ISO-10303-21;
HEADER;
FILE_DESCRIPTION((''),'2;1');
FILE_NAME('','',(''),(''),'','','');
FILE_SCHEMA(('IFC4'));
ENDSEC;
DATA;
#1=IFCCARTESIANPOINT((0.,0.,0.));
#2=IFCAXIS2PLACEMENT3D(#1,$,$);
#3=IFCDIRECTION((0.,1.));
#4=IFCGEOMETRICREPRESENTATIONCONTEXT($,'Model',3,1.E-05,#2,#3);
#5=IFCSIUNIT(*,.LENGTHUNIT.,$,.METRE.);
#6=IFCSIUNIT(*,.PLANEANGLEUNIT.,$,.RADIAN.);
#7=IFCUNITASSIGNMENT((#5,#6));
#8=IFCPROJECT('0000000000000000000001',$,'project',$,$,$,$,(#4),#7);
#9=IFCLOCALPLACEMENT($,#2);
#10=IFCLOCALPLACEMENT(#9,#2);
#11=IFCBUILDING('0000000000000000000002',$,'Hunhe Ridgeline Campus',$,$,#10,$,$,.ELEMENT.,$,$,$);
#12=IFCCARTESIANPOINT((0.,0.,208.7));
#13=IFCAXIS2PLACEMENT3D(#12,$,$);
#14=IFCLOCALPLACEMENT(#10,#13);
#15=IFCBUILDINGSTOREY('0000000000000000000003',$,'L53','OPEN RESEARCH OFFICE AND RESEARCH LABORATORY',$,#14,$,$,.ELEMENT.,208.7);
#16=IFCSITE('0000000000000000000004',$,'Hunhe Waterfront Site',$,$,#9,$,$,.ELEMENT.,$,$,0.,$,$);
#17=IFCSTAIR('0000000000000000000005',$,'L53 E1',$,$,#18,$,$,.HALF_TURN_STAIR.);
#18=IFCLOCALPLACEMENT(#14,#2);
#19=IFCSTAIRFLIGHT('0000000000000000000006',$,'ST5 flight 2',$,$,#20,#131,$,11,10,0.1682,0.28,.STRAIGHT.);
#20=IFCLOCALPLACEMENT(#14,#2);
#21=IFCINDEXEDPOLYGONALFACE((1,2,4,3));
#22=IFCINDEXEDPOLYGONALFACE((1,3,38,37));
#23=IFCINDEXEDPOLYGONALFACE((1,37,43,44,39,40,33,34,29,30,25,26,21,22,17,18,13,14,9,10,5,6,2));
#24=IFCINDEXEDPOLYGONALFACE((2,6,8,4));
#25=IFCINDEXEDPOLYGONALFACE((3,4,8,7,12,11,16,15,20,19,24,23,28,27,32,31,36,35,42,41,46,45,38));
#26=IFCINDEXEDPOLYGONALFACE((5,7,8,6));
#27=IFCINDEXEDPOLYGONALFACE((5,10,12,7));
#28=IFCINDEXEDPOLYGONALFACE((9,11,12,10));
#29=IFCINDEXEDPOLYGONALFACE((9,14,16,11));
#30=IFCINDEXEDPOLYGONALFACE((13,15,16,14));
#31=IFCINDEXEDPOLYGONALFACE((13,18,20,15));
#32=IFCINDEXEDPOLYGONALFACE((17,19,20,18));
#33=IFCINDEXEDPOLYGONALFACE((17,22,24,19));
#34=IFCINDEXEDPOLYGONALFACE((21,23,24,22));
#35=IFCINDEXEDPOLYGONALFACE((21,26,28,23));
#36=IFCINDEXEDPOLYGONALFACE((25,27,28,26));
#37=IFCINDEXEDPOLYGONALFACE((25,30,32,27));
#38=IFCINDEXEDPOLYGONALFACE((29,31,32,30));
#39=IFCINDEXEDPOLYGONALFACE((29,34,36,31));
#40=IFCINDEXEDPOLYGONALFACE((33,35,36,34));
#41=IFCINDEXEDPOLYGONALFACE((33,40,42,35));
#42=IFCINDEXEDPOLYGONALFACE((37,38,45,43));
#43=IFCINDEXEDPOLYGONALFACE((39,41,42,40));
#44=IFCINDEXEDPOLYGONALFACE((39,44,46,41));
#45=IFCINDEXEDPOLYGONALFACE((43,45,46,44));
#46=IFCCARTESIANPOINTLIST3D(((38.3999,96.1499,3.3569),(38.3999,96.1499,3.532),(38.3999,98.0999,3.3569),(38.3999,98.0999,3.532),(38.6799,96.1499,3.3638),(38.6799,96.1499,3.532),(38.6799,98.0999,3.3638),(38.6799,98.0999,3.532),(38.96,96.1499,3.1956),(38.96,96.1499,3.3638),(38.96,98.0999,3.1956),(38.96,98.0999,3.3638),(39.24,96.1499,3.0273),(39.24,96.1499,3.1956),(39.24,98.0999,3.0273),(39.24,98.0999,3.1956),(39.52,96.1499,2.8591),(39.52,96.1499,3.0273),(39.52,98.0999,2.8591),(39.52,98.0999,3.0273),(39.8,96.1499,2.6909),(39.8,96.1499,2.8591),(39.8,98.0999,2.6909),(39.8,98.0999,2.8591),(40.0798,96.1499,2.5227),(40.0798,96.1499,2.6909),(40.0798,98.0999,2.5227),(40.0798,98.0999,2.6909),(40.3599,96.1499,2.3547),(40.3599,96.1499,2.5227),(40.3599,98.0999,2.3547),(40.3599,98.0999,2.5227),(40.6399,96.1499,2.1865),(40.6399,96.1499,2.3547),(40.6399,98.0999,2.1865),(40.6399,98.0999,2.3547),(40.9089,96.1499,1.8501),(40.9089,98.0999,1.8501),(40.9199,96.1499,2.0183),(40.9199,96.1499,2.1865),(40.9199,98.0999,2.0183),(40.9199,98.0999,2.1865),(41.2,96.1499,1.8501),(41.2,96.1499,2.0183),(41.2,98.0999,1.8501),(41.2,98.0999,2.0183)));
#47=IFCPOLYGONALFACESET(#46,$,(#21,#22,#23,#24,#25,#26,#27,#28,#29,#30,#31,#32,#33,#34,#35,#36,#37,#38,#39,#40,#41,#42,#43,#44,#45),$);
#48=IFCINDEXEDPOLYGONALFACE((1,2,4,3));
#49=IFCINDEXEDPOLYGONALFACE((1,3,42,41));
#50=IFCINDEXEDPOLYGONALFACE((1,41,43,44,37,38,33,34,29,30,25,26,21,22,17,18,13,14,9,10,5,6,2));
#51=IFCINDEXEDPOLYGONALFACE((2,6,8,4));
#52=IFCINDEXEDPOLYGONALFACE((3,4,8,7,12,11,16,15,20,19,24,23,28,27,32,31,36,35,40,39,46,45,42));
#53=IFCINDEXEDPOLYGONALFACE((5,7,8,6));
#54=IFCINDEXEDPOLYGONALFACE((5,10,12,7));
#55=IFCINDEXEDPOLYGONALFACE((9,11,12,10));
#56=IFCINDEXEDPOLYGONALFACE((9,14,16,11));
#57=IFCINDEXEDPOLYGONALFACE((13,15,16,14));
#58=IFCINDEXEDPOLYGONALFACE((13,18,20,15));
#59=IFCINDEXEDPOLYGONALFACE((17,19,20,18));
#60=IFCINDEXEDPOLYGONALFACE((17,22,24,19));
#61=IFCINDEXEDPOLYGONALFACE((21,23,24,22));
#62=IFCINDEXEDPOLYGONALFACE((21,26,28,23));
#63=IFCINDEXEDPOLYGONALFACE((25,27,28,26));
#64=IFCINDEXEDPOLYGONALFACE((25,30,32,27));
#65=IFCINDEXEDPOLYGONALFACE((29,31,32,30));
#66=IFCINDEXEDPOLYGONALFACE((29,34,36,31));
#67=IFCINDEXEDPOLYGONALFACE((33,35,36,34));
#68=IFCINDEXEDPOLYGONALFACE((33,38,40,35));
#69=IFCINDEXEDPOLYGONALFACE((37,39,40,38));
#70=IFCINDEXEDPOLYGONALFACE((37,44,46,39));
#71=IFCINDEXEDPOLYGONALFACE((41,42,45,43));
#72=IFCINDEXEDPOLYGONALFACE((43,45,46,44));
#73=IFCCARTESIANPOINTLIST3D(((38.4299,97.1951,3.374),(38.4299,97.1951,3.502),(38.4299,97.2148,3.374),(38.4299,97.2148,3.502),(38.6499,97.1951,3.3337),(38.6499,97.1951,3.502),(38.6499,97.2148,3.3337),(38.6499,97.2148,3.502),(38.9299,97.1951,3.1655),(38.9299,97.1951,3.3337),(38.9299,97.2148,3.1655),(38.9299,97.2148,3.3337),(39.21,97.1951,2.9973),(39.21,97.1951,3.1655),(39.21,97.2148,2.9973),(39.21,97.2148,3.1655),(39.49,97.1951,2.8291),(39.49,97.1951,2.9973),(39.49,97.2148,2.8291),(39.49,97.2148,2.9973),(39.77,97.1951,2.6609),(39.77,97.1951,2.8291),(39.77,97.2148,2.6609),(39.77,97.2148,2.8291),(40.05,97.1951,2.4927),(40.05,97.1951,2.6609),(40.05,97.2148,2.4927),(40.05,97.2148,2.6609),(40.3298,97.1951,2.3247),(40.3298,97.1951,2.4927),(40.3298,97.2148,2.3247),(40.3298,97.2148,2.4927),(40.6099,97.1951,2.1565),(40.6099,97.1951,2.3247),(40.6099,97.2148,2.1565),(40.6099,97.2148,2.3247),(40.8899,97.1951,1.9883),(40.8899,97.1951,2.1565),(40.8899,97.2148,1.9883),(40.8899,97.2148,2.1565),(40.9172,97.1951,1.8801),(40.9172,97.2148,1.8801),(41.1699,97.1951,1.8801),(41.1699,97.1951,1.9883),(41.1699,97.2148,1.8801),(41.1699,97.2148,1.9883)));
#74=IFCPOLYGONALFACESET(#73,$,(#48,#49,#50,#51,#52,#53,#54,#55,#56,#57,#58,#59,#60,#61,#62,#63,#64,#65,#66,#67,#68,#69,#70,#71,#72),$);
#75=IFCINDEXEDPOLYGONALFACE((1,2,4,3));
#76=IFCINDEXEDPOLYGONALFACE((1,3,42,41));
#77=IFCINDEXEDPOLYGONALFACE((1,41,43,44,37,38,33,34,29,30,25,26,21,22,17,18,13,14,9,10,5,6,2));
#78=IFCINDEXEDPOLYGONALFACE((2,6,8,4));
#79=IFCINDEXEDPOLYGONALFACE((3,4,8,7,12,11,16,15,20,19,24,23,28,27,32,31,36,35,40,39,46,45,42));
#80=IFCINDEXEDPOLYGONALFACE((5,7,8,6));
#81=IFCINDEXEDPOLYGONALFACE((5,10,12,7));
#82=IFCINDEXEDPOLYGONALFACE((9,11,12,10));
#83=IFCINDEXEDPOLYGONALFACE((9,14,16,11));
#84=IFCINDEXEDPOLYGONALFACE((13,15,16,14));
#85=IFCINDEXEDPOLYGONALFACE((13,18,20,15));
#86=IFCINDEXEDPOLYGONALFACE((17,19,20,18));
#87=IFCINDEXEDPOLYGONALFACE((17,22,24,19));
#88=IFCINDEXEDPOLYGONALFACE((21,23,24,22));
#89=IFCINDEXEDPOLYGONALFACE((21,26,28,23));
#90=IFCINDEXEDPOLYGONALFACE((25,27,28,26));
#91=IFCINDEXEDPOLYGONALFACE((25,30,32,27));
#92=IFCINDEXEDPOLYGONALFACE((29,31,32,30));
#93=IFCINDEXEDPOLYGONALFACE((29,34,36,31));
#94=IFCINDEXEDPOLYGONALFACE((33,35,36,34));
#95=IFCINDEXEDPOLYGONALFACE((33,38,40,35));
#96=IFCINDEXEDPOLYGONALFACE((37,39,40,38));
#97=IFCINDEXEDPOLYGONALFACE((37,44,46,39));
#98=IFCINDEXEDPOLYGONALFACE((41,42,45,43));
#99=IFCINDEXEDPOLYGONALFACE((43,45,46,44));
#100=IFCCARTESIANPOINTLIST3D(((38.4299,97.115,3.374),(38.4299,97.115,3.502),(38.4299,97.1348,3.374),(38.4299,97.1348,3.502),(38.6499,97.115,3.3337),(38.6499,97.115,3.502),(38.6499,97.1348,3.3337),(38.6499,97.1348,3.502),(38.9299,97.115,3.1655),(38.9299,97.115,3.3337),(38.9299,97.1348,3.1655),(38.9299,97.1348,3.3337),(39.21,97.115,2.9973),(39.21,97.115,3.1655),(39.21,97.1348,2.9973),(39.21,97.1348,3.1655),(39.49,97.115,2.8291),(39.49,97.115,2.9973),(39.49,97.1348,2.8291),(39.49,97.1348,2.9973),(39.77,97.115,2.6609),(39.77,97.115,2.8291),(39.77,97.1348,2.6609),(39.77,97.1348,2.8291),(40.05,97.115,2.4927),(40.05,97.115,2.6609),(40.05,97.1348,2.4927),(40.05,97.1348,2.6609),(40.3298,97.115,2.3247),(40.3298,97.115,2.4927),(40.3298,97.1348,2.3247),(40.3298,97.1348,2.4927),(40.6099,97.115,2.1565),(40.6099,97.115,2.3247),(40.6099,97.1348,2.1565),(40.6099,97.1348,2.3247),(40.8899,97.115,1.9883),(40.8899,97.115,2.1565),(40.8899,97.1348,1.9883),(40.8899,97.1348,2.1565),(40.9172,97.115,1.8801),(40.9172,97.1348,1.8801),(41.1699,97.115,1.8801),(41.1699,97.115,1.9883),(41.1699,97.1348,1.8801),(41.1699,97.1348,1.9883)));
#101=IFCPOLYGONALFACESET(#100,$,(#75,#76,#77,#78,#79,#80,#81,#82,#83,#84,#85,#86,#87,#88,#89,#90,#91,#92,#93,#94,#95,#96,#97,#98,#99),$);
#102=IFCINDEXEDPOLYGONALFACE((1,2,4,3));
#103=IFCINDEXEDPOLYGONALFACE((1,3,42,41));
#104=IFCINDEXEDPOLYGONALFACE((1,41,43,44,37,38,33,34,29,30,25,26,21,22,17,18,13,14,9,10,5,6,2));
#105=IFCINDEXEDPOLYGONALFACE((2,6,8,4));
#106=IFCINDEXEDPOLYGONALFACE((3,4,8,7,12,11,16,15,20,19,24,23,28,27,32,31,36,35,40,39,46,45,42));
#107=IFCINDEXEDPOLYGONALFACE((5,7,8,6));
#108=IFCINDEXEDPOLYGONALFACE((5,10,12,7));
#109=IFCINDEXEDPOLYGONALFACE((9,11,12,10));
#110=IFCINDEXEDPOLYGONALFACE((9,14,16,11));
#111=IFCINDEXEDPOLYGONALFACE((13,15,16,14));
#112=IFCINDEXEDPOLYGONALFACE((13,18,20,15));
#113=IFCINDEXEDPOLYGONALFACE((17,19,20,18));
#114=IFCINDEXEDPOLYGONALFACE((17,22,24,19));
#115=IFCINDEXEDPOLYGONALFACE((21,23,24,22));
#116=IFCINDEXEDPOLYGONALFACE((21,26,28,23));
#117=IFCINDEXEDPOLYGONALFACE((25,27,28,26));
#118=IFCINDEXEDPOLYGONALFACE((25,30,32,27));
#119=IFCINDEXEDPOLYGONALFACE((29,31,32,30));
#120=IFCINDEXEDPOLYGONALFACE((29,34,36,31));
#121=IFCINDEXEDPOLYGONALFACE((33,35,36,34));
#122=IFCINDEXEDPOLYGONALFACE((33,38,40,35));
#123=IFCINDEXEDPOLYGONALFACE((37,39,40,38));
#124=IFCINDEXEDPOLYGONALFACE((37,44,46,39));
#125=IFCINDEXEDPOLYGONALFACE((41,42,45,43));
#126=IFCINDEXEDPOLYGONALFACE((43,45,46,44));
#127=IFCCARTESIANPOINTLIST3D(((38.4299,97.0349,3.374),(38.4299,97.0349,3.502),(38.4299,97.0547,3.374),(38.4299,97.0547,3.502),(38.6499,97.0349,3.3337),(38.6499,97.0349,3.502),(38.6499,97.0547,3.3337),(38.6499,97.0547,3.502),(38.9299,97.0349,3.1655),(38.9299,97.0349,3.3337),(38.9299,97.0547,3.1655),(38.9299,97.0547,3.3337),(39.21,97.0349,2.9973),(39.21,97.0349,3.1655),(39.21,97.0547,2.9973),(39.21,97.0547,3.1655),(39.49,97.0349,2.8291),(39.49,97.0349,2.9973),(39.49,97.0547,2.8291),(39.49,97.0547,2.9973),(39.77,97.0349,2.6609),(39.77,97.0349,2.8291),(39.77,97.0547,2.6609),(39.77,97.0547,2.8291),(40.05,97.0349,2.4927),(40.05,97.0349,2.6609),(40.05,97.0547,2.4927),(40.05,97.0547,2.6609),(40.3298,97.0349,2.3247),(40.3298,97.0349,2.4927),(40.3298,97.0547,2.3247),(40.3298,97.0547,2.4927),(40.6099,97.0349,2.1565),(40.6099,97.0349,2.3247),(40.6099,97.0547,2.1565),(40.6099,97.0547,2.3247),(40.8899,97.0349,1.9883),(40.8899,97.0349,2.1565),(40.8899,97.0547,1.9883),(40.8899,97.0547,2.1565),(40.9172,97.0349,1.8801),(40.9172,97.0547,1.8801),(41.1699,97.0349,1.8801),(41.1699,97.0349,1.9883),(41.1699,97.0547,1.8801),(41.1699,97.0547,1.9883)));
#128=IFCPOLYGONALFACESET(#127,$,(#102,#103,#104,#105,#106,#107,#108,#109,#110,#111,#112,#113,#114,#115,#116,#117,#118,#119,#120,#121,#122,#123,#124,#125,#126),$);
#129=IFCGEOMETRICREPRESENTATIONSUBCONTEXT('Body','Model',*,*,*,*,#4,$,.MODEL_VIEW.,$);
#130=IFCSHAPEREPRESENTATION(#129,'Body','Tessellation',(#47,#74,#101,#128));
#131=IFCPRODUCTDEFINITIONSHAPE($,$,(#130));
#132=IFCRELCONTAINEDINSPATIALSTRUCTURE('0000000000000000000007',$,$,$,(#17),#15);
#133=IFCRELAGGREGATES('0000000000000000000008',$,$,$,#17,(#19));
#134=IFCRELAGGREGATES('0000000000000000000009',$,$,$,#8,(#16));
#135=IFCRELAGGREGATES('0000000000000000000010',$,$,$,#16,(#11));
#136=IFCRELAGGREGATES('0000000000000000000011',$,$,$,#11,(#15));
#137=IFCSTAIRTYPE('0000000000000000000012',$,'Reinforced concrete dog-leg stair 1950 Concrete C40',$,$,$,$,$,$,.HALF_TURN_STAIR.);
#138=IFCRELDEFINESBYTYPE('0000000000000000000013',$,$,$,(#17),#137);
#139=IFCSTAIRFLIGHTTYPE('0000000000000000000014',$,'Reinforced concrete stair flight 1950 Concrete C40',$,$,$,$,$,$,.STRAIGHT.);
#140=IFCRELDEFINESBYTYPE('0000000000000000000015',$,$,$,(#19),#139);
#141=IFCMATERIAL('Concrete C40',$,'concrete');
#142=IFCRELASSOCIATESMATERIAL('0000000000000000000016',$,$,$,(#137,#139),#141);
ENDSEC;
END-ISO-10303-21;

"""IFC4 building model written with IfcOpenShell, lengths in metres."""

from ifc_helpers import new_model, si_unit, direction, frame, origin, place, context, subcontext, project, spatial, polyline, outline, extrude, material, type_object, element, aggregate, save


model = new_model("IFC4")

# Units and contexts
model_context = context("Model", 3, precision=1e-05, world=origin(), true_north=direction((0.0, 1.0)))
body_context = subcontext(model_context, "Body", "Model", "MODEL_VIEW")
ifc_project = project(units=[si_unit("LENGTHUNIT", "METRE"), si_unit("PLANEANGLEUNIT", "RADIAN")], contexts=[model_context])

# Site, building, storey
site_placement = place(None, origin())
site = spatial("IfcSite", under=ifc_project, at=site_placement, Name="Hunhe Waterfront Site", CompositionType="ELEMENT", RefElevation=0.0)
building_placement = place(site_placement, origin())
building = spatial("IfcBuilding", under=site, at=building_placement, Name="Hunhe Ridgeline Campus", CompositionType="ELEMENT")
storey_placement = place(building_placement, frame((0.0, 0.0, 208.7)))
storey = spatial("IfcBuildingStorey", under=building, at=storey_placement, Name="L53", Description="OPEN RESEARCH OFFICE AND RESEARCH LABORATORY", CompositionType="ELEMENT", Elevation=208.7)

# Stair, stair flight
ifc_material_1 = material(Name="Concrete C40", Category="concrete")
stair_type = type_object("IfcStairType", Name="Reinforced concrete dog-leg stair 1950 Concrete C40", PredefinedType="HALF_TURN_STAIR", material=ifc_material_1)
stair_placement = place(storey_placement, origin())
stair = element("IfcStair", 1, at=stair_placement, inside=storey, type_object=stair_type, Name="L53 E1", PredefinedType="HALF_TURN_STAIR")
stair_flight_type = type_object("IfcStairFlightType", Name="Reinforced concrete stair flight 1950 Concrete C40", PredefinedType="STRAIGHT", material=ifc_material_1)
stair_flight_1_placement = place(storey_placement, frame((41.2, 97.125, 1.8501), z_axis=(0.0, 0.0, 1.0), x_axis=(-1.0, 0.0, 0.0)))
stair_flight_1 = element("IfcStairFlight", 2, at=stair_flight_1_placement, type_object=stair_flight_type, Name="ST5 flight 2", NumberOfRisers=11, NumberOfTreads=10, PredefinedType="STRAIGHT", RiserHeight=0.1682, TreadLength=0.28, context=body_context, shape_type="SweptSolid", body=[
    extrude(outline(polyline([(0.0, 0.0), (0.0, 0.1682), (0.28, 0.1682), (0.28, 0.3364), (0.5601, 0.3364), (0.5601, 0.5046), (0.8401, 0.5046), (0.8401, 0.6726), (1.1201, 0.6726), (1.1201, 0.8408), (1.3999, 0.8408), (1.3999, 1.009), (1.6799, 1.009), (1.6799, 1.1772), (1.96, 1.1772), (1.96, 1.3455), (2.24, 1.3455), (2.24, 1.5137), (2.52, 1.5137), (2.52, 1.6819), (2.8, 1.6819), (2.8, 1.8501), (2.8, 1.5068), (0.291, 0.0), (0.0, 0.0)])), frame((0.0, 0.9751, 0.0), z_axis=(0.0, -1.0, 0.0), x_axis=(1.0, 0.0, 0.0)), (0.0, 0.0, 1.0), 1.95),
    extrude(outline(polyline([(0.03, 0.03), (0.03, 0.1382), (0.3101, 0.1382), (0.3101, 0.3064), (0.5901, 0.3064), (0.5901, 0.4746), (0.8701, 0.4746), (0.8701, 0.6426), (1.1499, 0.6426), (1.1499, 0.8108), (1.4299, 0.8108), (1.4299, 0.979), (1.71, 0.979), (1.71, 1.1472), (1.99, 1.1472), (1.99, 1.3154), (2.27, 1.3154), (2.27, 1.4836), (2.55, 1.4836), (2.55, 1.6519), (2.77, 1.6519), (2.77, 1.5239), (0.2827, 0.03), (0.03, 0.03)])), frame((0.0, -0.0701, 0.0), z_axis=(0.0, -1.0, 0.0), x_axis=(1.0, 0.0, 0.0)), (0.0, 0.0, 1.0), 0.0198),
    extrude(outline(polyline([(0.03, 0.03), (0.03, 0.1382), (0.3101, 0.1382), (0.3101, 0.3064), (0.5901, 0.3064), (0.5901, 0.4746), (0.8701, 0.4746), (0.8701, 0.6426), (1.1499, 0.6426), (1.1499, 0.8108), (1.4299, 0.8108), (1.4299, 0.979), (1.71, 0.979), (1.71, 1.1472), (1.99, 1.1472), (1.99, 1.3154), (2.27, 1.3154), (2.27, 1.4836), (2.55, 1.4836), (2.55, 1.6519), (2.77, 1.6519), (2.77, 1.5239), (0.2827, 0.03), (0.03, 0.03)])), frame((0.0, 0.01, 0.0), z_axis=(0.0, -1.0, 0.0), x_axis=(1.0, 0.0, 0.0)), (0.0, 0.0, 1.0), 0.0198),
    extrude(outline(polyline([(0.03, 0.03), (0.03, 0.1382), (0.3101, 0.1382), (0.3101, 0.3064), (0.5901, 0.3064), (0.5901, 0.4746), (0.8701, 0.4746), (0.8701, 0.6426), (1.1499, 0.6426), (1.1499, 0.8108), (1.4299, 0.8108), (1.4299, 0.979), (1.71, 0.979), (1.71, 1.1472), (1.99, 1.1472), (1.99, 1.3154), (2.27, 1.3154), (2.27, 1.4836), (2.55, 1.4836), (2.55, 1.6519), (2.77, 1.6519), (2.77, 1.5239), (0.2827, 0.03), (0.03, 0.03)])), frame((0.0, 0.0901, 0.0), z_axis=(0.0, -1.0, 0.0), x_axis=(1.0, 0.0, 0.0)), (0.0, 0.0, 1.0), 0.0198),
])
aggregate(stair, [stair_flight_1])

save(model, "model.ifc")
